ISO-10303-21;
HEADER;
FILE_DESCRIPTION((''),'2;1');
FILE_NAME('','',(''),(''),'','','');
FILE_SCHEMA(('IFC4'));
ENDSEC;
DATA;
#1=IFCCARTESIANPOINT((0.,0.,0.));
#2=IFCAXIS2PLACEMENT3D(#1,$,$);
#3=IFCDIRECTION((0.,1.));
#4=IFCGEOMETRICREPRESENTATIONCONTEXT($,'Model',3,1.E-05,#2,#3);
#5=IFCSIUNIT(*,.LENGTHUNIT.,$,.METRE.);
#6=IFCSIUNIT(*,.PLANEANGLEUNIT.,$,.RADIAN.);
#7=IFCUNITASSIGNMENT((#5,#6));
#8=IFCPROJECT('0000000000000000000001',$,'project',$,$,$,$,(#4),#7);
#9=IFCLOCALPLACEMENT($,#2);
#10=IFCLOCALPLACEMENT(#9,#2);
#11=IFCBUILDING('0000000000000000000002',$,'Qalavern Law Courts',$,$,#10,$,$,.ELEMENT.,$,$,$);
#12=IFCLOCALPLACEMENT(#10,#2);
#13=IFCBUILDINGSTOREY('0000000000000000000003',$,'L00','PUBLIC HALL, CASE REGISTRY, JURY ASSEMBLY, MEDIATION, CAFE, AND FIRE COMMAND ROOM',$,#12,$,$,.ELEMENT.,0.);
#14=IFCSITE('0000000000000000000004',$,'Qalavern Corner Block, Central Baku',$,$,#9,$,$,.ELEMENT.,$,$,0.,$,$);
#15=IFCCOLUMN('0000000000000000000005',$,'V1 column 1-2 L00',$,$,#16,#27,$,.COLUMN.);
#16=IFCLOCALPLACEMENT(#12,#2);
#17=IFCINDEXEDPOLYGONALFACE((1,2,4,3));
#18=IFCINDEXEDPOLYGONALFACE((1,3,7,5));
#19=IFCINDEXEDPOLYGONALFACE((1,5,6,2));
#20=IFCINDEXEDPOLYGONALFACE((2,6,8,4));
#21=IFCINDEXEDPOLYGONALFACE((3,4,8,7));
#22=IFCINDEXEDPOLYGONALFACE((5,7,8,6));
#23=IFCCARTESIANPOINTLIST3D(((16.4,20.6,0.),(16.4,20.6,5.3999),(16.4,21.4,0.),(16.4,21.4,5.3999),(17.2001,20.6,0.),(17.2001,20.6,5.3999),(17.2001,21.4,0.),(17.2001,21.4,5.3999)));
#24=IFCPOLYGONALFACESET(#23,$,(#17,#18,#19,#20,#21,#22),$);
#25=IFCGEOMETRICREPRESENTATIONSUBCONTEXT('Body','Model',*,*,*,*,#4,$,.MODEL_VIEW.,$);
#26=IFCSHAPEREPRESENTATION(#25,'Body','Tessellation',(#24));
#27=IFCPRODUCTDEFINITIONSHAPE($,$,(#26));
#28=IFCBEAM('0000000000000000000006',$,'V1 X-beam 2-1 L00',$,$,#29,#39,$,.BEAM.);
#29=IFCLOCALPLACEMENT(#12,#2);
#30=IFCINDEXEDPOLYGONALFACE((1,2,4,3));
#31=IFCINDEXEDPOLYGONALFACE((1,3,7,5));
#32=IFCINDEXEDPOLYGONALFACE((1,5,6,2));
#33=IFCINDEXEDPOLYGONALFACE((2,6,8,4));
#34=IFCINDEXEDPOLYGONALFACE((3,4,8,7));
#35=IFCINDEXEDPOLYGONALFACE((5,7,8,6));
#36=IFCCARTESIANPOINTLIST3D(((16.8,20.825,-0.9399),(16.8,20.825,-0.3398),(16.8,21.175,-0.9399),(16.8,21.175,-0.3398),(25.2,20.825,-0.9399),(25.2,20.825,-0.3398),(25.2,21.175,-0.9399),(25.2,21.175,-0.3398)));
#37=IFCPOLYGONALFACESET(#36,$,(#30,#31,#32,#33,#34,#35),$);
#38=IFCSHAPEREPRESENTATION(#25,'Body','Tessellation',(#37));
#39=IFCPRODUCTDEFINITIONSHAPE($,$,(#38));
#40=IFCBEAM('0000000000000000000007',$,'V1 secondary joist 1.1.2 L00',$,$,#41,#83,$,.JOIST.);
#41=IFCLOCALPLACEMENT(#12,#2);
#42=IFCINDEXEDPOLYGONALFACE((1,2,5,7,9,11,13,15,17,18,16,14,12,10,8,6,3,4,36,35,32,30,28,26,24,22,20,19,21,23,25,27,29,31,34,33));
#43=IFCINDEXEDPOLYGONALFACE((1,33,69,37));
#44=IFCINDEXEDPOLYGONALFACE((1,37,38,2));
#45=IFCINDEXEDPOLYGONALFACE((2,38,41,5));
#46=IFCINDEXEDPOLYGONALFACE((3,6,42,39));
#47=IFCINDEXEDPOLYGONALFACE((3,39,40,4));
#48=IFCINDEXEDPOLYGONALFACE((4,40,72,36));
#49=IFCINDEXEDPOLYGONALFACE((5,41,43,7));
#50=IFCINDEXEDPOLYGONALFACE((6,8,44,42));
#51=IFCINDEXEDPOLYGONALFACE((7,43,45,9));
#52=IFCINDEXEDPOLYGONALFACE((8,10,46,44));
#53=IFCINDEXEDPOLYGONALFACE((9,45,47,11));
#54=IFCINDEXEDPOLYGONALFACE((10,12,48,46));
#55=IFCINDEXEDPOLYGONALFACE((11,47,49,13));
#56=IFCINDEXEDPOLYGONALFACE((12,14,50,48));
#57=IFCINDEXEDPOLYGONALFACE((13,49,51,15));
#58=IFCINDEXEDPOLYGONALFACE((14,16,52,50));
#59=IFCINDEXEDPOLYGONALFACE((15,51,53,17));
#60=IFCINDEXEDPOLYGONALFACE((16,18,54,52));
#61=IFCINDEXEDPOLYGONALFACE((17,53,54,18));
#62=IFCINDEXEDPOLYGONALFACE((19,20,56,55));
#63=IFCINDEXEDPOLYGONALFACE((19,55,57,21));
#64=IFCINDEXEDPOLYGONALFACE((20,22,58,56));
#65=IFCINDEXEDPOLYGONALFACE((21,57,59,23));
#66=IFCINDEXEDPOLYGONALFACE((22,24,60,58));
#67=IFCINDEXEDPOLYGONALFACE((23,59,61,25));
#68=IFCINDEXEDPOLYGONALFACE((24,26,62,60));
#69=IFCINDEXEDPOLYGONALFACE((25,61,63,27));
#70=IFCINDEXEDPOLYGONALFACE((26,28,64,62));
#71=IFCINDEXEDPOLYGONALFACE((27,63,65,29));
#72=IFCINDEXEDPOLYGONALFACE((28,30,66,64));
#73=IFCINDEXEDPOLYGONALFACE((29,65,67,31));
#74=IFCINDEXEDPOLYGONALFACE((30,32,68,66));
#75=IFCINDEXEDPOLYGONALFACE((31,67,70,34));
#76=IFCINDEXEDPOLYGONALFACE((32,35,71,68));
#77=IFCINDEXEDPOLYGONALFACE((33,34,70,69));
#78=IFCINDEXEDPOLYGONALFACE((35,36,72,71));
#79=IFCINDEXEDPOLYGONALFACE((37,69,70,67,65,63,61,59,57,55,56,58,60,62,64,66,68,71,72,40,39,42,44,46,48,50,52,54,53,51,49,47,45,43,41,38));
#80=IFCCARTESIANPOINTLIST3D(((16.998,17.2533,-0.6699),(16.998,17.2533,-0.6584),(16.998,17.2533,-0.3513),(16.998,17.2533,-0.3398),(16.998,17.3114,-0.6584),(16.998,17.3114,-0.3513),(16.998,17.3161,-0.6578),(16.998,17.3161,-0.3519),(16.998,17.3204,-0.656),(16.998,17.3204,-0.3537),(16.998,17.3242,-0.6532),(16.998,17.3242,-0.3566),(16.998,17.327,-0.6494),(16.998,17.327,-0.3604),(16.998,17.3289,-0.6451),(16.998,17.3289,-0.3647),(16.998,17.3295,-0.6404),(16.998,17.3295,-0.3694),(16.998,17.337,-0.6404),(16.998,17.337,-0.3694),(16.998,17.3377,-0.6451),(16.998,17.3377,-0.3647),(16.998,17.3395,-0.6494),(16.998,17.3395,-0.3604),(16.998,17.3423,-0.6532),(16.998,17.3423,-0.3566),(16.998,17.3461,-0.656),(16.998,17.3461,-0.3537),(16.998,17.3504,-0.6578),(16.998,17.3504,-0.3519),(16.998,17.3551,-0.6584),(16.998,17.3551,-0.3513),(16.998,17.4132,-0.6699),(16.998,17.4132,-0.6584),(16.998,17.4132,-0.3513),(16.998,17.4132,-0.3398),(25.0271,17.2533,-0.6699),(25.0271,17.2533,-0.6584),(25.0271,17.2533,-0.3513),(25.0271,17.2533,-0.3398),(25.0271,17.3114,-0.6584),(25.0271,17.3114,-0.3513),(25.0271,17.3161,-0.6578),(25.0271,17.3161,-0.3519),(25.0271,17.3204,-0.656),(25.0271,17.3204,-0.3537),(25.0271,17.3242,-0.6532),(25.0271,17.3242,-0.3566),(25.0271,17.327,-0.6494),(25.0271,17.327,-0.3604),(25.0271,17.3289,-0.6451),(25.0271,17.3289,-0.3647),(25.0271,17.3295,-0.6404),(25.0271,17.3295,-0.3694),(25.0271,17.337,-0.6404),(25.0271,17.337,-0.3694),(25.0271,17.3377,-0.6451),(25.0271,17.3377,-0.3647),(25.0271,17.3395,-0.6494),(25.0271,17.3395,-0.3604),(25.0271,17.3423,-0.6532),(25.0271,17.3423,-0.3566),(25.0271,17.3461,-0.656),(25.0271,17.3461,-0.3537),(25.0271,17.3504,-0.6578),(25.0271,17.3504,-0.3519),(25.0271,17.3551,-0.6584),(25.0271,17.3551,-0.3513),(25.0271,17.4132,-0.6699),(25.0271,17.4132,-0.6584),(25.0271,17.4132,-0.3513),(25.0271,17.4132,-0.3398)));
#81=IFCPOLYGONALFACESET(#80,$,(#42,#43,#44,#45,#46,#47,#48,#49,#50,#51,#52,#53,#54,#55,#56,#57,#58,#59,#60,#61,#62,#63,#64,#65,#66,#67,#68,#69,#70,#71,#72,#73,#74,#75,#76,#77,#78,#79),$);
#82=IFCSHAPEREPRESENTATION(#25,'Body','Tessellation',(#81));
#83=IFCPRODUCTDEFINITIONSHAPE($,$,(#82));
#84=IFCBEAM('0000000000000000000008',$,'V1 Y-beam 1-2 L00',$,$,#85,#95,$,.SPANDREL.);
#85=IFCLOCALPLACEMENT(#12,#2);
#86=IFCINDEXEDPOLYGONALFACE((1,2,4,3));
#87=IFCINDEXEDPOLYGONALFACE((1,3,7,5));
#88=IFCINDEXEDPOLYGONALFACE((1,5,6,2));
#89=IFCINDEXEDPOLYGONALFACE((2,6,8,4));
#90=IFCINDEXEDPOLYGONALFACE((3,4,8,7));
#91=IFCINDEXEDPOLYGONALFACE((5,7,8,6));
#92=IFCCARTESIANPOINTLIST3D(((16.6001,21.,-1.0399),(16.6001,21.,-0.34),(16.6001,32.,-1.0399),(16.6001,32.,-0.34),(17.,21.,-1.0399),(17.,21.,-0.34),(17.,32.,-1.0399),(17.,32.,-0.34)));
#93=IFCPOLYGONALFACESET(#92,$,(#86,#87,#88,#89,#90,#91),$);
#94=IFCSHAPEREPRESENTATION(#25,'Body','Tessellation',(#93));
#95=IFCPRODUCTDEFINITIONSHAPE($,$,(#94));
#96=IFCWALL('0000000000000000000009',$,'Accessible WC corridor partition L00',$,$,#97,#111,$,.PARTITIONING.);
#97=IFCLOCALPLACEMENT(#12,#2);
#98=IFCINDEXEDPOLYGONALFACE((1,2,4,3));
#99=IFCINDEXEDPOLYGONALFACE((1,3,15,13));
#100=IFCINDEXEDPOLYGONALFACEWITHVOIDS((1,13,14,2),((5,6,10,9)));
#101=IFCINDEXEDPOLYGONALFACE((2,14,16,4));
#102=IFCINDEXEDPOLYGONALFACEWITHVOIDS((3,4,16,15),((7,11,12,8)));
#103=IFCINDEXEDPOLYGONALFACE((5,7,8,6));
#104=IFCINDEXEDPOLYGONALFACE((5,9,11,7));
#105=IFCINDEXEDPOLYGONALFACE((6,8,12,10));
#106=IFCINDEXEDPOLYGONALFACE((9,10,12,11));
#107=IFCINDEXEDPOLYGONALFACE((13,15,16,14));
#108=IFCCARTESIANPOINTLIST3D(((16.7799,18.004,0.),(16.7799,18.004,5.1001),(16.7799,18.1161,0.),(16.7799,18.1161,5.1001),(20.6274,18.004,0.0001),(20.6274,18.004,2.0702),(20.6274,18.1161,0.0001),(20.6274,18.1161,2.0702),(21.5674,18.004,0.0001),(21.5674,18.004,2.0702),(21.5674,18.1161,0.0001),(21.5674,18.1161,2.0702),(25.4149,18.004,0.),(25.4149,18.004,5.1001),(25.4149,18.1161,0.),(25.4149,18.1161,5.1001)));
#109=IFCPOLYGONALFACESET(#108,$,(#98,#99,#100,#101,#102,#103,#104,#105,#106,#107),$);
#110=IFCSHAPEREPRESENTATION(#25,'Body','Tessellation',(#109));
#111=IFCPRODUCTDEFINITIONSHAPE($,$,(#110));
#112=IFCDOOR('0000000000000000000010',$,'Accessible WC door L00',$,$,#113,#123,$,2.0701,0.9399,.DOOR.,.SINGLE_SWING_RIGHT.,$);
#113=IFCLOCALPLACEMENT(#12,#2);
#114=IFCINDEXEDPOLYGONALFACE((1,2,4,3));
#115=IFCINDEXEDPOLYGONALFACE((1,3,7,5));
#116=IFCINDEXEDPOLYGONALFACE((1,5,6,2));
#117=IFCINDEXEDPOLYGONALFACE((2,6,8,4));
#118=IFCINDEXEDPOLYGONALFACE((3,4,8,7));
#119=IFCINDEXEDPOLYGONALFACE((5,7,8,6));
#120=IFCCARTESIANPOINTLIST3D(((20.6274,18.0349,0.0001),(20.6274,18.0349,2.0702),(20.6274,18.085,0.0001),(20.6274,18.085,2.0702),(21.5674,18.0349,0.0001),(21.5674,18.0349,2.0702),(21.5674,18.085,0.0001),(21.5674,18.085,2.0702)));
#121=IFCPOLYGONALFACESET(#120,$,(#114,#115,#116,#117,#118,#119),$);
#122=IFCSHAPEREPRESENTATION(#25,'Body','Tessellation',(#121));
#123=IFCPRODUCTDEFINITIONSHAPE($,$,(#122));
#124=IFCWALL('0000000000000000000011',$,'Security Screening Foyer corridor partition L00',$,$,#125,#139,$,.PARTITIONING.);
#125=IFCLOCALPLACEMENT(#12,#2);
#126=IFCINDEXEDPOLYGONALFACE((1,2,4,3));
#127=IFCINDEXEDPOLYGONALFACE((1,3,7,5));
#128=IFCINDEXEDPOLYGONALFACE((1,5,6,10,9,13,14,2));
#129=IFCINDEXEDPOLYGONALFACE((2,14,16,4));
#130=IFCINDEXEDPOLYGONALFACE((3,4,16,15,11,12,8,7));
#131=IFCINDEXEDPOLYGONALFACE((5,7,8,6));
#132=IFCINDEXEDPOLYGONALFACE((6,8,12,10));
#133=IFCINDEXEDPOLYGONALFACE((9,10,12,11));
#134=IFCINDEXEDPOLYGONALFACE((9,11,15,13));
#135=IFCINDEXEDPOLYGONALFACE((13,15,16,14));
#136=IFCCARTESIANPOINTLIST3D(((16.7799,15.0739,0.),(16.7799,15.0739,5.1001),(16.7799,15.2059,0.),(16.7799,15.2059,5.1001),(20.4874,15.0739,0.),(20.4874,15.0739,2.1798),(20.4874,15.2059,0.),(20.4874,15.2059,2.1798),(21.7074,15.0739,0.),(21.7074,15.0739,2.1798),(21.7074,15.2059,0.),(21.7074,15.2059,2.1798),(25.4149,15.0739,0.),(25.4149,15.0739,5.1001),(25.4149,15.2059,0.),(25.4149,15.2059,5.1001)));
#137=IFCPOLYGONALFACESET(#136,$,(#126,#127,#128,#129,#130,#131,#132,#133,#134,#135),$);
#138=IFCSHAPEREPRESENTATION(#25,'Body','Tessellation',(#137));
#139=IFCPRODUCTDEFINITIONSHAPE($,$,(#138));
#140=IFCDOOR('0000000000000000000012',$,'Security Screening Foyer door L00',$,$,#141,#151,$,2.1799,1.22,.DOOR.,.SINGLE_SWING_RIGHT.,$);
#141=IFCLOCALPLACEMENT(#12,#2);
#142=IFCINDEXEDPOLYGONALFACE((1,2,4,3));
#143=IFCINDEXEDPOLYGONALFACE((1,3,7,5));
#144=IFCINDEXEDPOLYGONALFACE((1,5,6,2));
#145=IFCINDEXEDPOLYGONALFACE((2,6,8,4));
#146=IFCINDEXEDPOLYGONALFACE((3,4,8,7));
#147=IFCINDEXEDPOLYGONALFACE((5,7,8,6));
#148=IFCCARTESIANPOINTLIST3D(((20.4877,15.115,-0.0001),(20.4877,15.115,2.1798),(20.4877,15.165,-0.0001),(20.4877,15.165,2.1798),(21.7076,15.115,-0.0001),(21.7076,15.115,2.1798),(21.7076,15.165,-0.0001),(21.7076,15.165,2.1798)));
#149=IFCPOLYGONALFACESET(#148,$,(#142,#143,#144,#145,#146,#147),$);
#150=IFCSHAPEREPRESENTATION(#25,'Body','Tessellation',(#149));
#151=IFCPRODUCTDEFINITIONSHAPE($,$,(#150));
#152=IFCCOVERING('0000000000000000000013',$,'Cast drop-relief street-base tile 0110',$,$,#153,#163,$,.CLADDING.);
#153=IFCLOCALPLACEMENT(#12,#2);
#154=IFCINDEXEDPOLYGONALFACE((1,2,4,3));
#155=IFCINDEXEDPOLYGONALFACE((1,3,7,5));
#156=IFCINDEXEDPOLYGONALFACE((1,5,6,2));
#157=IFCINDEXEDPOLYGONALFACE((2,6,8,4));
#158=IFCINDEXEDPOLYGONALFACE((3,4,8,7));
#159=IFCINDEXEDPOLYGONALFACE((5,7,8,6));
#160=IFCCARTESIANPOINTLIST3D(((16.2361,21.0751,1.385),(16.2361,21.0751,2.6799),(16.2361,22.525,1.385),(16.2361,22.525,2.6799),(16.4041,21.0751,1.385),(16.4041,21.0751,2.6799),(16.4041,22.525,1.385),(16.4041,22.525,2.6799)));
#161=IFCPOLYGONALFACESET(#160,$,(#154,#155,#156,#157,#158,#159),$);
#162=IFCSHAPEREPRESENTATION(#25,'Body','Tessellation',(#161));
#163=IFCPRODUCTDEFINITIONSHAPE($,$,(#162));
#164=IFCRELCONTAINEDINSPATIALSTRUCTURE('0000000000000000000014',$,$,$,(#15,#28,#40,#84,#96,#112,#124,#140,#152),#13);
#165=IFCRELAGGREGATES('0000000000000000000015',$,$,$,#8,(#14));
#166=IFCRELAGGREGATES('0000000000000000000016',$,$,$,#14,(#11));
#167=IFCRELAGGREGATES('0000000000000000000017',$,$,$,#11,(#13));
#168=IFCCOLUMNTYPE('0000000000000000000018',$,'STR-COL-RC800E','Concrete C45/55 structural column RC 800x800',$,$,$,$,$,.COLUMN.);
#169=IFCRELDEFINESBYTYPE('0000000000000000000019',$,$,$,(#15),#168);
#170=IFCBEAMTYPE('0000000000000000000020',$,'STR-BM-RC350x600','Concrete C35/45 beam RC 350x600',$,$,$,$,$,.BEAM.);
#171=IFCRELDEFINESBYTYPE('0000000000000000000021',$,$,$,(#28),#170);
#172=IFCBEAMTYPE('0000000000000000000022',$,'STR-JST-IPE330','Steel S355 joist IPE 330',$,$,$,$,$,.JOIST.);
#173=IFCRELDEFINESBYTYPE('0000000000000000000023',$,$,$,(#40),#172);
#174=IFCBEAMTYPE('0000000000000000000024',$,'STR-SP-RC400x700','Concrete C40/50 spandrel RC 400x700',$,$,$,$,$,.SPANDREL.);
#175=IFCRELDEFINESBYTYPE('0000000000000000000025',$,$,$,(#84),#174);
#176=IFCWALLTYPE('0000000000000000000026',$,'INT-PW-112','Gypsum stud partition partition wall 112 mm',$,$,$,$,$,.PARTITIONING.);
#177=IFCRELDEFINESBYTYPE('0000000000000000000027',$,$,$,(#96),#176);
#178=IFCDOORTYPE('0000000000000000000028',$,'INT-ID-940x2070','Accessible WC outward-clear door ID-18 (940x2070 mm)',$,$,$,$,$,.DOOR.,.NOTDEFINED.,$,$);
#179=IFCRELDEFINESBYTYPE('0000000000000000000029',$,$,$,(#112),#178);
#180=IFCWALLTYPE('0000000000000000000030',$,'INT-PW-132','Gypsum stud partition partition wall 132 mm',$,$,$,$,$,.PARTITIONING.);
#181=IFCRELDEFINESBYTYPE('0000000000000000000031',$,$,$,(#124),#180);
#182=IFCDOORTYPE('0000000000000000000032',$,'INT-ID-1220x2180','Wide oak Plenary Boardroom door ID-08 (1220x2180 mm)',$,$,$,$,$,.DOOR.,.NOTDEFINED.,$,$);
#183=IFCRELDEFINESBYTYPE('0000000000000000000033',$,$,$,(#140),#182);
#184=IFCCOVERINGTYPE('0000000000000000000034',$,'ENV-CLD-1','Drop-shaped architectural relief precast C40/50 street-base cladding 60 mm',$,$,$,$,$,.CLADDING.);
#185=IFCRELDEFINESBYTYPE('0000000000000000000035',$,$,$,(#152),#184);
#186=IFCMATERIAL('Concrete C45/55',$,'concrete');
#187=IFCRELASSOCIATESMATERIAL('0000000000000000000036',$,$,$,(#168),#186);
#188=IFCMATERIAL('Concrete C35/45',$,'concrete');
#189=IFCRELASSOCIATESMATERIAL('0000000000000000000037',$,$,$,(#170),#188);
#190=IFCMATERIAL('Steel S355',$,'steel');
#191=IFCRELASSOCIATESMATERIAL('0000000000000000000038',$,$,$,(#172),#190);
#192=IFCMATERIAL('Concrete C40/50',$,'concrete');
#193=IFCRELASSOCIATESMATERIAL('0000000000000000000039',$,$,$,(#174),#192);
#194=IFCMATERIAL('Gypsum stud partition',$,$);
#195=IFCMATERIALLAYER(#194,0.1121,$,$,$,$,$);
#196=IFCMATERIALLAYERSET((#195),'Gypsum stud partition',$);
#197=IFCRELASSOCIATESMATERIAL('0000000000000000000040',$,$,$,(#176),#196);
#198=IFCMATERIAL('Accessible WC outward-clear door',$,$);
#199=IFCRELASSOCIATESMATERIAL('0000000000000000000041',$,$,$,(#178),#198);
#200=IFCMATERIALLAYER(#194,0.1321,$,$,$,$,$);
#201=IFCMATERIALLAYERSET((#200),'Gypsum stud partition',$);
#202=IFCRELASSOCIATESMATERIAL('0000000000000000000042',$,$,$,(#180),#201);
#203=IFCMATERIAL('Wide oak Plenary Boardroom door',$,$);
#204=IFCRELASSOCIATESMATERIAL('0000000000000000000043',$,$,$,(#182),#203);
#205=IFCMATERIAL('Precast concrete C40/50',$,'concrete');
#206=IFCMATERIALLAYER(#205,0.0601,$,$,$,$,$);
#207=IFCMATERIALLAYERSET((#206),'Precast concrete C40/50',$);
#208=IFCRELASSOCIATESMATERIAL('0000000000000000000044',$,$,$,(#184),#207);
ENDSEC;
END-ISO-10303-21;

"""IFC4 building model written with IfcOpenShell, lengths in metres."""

from ifc_helpers import new_model, si_unit, direction, frame, frame_2d, origin, origin_2d, place, context, subcontext, project, spatial, rectangle, i_section, extrude, material, layer, layer_set, material_profile, profile_set, type_object, element, fill, save


model = new_model("IFC4")

# Units and contexts
model_context = context("Model", 3, precision=1e-05, world=origin(), true_north=direction((0.0, 1.0)))
body_context = subcontext(model_context, "Body", "Model", "MODEL_VIEW")
ifc_project = project(units=[si_unit("LENGTHUNIT", "METRE"), si_unit("PLANEANGLEUNIT", "RADIAN")], contexts=[model_context])

# Site, building, storey
site_placement = place(None, origin())
site = spatial("IfcSite", under=ifc_project, at=site_placement, Name="Qalavern Corner Block, Central Baku", CompositionType="ELEMENT", RefElevation=0.0)
building_placement = place(site_placement, origin())
building = spatial("IfcBuilding", under=site, at=building_placement, Name="Qalavern Law Courts", CompositionType="ELEMENT")
storey_placement = place(building_placement, origin())
storey = spatial("IfcBuildingStorey", under=building, at=storey_placement, Name="L00", Description="PUBLIC HALL, CASE REGISTRY, JURY ASSEMBLY, MEDIATION, CAFE, AND FIRE COMMAND ROOM", CompositionType="ELEMENT", Elevation=0.0)

# Column
ifc_material_1 = material(Name="Concrete C45/55", Category="concrete")
ifc_material_profile_1 = material_profile(ifc_material_1, rectangle(XDim=0.8, YDim=0.8, at=origin_2d()), Name="RC 800x800")
ifc_profile_set_1 = profile_set([ifc_material_profile_1], Name="Concrete C45/55")
column_type = type_object("IfcColumnType", Name="STR-COL-RC800E", Description="Concrete C45/55 structural column RC 800x800", PredefinedType="COLUMN", material=ifc_profile_set_1)
column_placement = place(storey_placement, frame((16.8, 21.0, 0.0), z_axis=(0.0, 0.0, 1.0), x_axis=(1.0, 0.0, 0.0)))
element("IfcColumn", 1, at=column_placement, inside=storey, type_object=column_type, Name="V1 column 1-2 L00", PredefinedType="COLUMN", context=body_context, shape_type="SweptSolid", body=[
    extrude(rectangle(XDim=0.8, YDim=0.8, at=origin_2d()), origin(), (0.0, 0.0, 1.0), 5.3999),
])

# Beams
ifc_material_2 = material(Name="Concrete C35/45", Category="concrete")
ifc_material_profile_2 = material_profile(ifc_material_2, rectangle(XDim=0.3501, YDim=0.6001, at=origin_2d()), Name="RC 350x600")
ifc_profile_set_2 = profile_set([ifc_material_profile_2], Name="Concrete C35/45")
beam_type_1 = type_object("IfcBeamType", Name="STR-BM-RC350x600", Description="Concrete C35/45 beam RC 350x600", PredefinedType="BEAM", material=ifc_profile_set_2)
beam_1_placement = place(storey_placement, frame((16.8, 21.0, -0.6399), z_axis=(1.0, 0.0, 0.0), x_axis=(0.0, 1.0, 0.0)))
element("IfcBeam", 2, at=beam_1_placement, inside=storey, type_object=beam_type_1, Name="V1 X-beam 2-1 L00", PredefinedType="BEAM", context=body_context, shape_type="SweptSolid", body=[
    extrude(rectangle(XDim=0.3501, YDim=0.6001, at=origin_2d()), origin(), (0.0, 0.0, 1.0), 8.3999),
])
ifc_material_3 = material(Name="Steel S355", Category="steel")
ifc_material_profile_3 = material_profile(ifc_material_3, i_section(OverallWidth=0.1599, OverallDepth=0.3301, WebThickness=0.0076, FlangeThickness=0.0115, FilletRadius=0.0181, at=origin_2d()), Name="IPE 330")
ifc_profile_set_3 = profile_set([ifc_material_profile_3], Name="Steel S355")
beam_type_2 = type_object("IfcBeamType", Name="STR-JST-IPE330", Description="Steel S355 joist IPE 330", PredefinedType="JOIST", material=ifc_profile_set_3)
beam_2_placement = place(storey_placement, frame((16.998, 17.3333, -0.5049), z_axis=(1.0, 0.0, 0.0), x_axis=(0.0, 1.0, 0.0)))
element("IfcBeam", 3, at=beam_2_placement, inside=storey, type_object=beam_type_2, Name="V1 secondary joist 1.1.2 L00", PredefinedType="JOIST", context=body_context, shape_type="SweptSolid", body=[
    extrude(i_section(OverallWidth=0.1599, OverallDepth=0.3301, WebThickness=0.0076, FlangeThickness=0.0115, FilletRadius=0.0181, at=origin_2d()), origin(), (0.0, 0.0, 1.0), 8.0291),
])
ifc_material_4 = material(Name="Concrete C40/50", Category="concrete")
ifc_material_profile_4 = material_profile(ifc_material_4, rectangle(XDim=0.3999, YDim=0.7, at=origin_2d()), Name="RC 400x700")
ifc_profile_set_4 = profile_set([ifc_material_profile_4], Name="Concrete C40/50")
beam_type_3 = type_object("IfcBeamType", Name="STR-SP-RC400x700", Description="Concrete C40/50 spandrel RC 400x700", PredefinedType="SPANDREL", material=ifc_profile_set_4)
beam_3_placement = place(storey_placement, frame((16.8, 21.0, -0.6899), z_axis=(0.0, 1.0, 0.0), x_axis=(-1.0, 0.0, 0.0)))
element("IfcBeam", 4, at=beam_3_placement, inside=storey, type_object=beam_type_3, Name="V1 Y-beam 1-2 L00", PredefinedType="SPANDREL", context=body_context, shape_type="SweptSolid", body=[
    extrude(rectangle(XDim=0.3999, YDim=0.7, at=origin_2d()), origin(), (0.0, 0.0, 1.0), 11.0),
])

# Walls, openings, doors
ifc_material_5 = material(Name="Gypsum stud partition")
ifc_layer_1 = layer(ifc_material_5, 0.1121)
ifc_layer_set_1 = layer_set([ifc_layer_1], Name="Gypsum stud partition")
wall_type_1 = type_object("IfcWallType", Name="INT-PW-112", Description="Gypsum stud partition partition wall 112 mm", PredefinedType="PARTITIONING", material=ifc_layer_set_1)
wall_1_placement = place(storey_placement, frame((16.78, 18.0601, 0.0), z_axis=(0.0, 0.0, 1.0), x_axis=(1.0, 0.0, 0.0)))
wall_1 = element("IfcWall", 5, at=wall_1_placement, inside=storey, type_object=wall_type_1, Name="Accessible WC corridor partition L00", PredefinedType="PARTITIONING", context=body_context, shape_type="SweptSolid", body=[
    extrude(rectangle(XDim=8.635, YDim=0.1121, at=frame_2d((4.3174, 0.0))), origin(), (0.0, 0.0, 1.0), 5.1001),
])
opening_1_placement = place(wall_1_placement, frame((3.8474, 0.0, 0.0)))
opening_1 = element("IfcOpeningElement", 6, at=opening_1_placement, cuts=wall_1, PredefinedType="OPENING", context=body_context, shape_type="SweptSolid", body=[
    extrude(rectangle(XDim=0.9399, YDim=2.0701, at=frame_2d((0.47, 1.0352))), frame((0.0, 0.0708, 0.0), z_axis=(0.0, -1.0, 0.0), x_axis=(1.0, 0.0, 0.0)), (0.0, 0.0, 1.0), 0.1418),
])
ifc_material_6 = material(Name="Accessible WC outward-clear door")
door_type_1 = type_object("IfcDoorType", Name="INT-ID-940x2070", Description="Accessible WC outward-clear door ID-18 (940x2070 mm)", OperationType="NOTDEFINED", PredefinedType="DOOR", material=ifc_material_6)
door_1_placement = place(opening_1_placement, origin())
door_1 = element("IfcDoor", 7, at=door_1_placement, inside=storey, type_object=door_type_1, Name="Accessible WC door L00", OperationType="SINGLE_SWING_RIGHT", OverallHeight=2.0701, OverallWidth=0.9399, PredefinedType="DOOR", context=body_context, shape_type="SweptSolid", body=[
    extrude(rectangle(XDim=0.9399, YDim=2.0701, at=frame_2d((0.47, 1.0352))), frame((0.0, 0.0249, 0.0), z_axis=(0.0, -1.0, 0.0), x_axis=(1.0, 0.0, 0.0)), (0.0, 0.0, 1.0), 0.05),
])
fill(opening_1, door_1)
ifc_layer_2 = layer(ifc_material_5, 0.1321)
ifc_layer_set_2 = layer_set([ifc_layer_2], Name="Gypsum stud partition")
wall_type_2 = type_object("IfcWallType", Name="INT-PW-132", Description="Gypsum stud partition partition wall 132 mm", PredefinedType="PARTITIONING", material=ifc_layer_set_2)
wall_2_placement = place(storey_placement, frame((16.78, 15.1399, 0.0), z_axis=(0.0, 0.0, 1.0), x_axis=(1.0, 0.0, 0.0)))
wall_2 = element("IfcWall", 8, at=wall_2_placement, inside=storey, type_object=wall_type_2, Name="Security Screening Foyer corridor partition L00", PredefinedType="PARTITIONING", context=body_context, shape_type="SweptSolid", body=[
    extrude(rectangle(XDim=8.635, YDim=0.1321, at=frame_2d((4.3174, 0.0))), origin(), (0.0, 0.0, 1.0), 5.1001),
])
opening_2_placement = place(wall_2_placement, frame((3.7075, 0.0, 0.0)))
opening_2 = element("IfcOpeningElement", 9, at=opening_2_placement, cuts=wall_2, PredefinedType="OPENING", context=body_context, shape_type="SweptSolid", body=[
    extrude(rectangle(XDim=1.22, YDim=2.1799, at=frame_2d((0.6099, 1.0898))), frame((0.0, 0.0811, 0.0), z_axis=(0.0, -1.0, 0.0), x_axis=(1.0, 0.0, 0.0)), (0.0, 0.0, 1.0), 0.1619),
])
ifc_material_7 = material(Name="Wide oak Plenary Boardroom door")
door_type_2 = type_object("IfcDoorType", Name="INT-ID-1220x2180", Description="Wide oak Plenary Boardroom door ID-08 (1220x2180 mm)", OperationType="NOTDEFINED", PredefinedType="DOOR", material=ifc_material_7)
door_2_placement = place(opening_2_placement, frame((1.22, 0.0, 0.0), z_axis=(0.0, 0.0, 1.0), x_axis=(-1.0, 0.0, 0.0)))
door_2 = element("IfcDoor", 10, at=door_2_placement, inside=storey, type_object=door_type_2, Name="Security Screening Foyer door L00", OperationType="SINGLE_SWING_RIGHT", OverallHeight=2.1799, OverallWidth=1.22, PredefinedType="DOOR", context=body_context, shape_type="SweptSolid", body=[
    extrude(rectangle(XDim=1.22, YDim=2.1799, at=frame_2d((0.6099, 1.0898))), frame((0.0, 0.0249, 0.0), z_axis=(0.0, -1.0, 0.0), x_axis=(1.0, 0.0, 0.0)), (0.0, 0.0, 1.0), 0.05),
])
fill(opening_2, door_2)

# Covering
ifc_material_8 = material(Name="Precast concrete C40/50", Category="concrete")
ifc_layer_3 = layer(ifc_material_8, 0.0601)
ifc_layer_set_3 = layer_set([ifc_layer_3], Name="Precast concrete C40/50")
covering_type_1 = type_object("IfcCoveringType", Name="ENV-CLD-1", Description="Drop-shaped architectural relief precast C40/50 street-base cladding 60 mm", PredefinedType="CLADDING", material=ifc_layer_set_3)
for number, where, z_axis, x_axis, name in (
    (11, (16.3201, 21.8, 1.385), (0.0, 0.0, 1.0), (0.0, -1.0, 0.0), "Cast drop-relief street-base tile 0110"),
):
    element("IfcCovering", number, at=place(storey_placement, frame(where, z_axis=z_axis, x_axis=x_axis)), inside=storey, type_object=covering_type_1, Name=name, PredefinedType="CLADDING", context=body_context, shape_type="SweptSolid", body=[
        extrude(rectangle(XDim=1.45, YDim=0.168, at=origin_2d()), origin(), (0.0, 0.0, 1.0), 1.2949),
    ])

save(model, "model.ifc")
